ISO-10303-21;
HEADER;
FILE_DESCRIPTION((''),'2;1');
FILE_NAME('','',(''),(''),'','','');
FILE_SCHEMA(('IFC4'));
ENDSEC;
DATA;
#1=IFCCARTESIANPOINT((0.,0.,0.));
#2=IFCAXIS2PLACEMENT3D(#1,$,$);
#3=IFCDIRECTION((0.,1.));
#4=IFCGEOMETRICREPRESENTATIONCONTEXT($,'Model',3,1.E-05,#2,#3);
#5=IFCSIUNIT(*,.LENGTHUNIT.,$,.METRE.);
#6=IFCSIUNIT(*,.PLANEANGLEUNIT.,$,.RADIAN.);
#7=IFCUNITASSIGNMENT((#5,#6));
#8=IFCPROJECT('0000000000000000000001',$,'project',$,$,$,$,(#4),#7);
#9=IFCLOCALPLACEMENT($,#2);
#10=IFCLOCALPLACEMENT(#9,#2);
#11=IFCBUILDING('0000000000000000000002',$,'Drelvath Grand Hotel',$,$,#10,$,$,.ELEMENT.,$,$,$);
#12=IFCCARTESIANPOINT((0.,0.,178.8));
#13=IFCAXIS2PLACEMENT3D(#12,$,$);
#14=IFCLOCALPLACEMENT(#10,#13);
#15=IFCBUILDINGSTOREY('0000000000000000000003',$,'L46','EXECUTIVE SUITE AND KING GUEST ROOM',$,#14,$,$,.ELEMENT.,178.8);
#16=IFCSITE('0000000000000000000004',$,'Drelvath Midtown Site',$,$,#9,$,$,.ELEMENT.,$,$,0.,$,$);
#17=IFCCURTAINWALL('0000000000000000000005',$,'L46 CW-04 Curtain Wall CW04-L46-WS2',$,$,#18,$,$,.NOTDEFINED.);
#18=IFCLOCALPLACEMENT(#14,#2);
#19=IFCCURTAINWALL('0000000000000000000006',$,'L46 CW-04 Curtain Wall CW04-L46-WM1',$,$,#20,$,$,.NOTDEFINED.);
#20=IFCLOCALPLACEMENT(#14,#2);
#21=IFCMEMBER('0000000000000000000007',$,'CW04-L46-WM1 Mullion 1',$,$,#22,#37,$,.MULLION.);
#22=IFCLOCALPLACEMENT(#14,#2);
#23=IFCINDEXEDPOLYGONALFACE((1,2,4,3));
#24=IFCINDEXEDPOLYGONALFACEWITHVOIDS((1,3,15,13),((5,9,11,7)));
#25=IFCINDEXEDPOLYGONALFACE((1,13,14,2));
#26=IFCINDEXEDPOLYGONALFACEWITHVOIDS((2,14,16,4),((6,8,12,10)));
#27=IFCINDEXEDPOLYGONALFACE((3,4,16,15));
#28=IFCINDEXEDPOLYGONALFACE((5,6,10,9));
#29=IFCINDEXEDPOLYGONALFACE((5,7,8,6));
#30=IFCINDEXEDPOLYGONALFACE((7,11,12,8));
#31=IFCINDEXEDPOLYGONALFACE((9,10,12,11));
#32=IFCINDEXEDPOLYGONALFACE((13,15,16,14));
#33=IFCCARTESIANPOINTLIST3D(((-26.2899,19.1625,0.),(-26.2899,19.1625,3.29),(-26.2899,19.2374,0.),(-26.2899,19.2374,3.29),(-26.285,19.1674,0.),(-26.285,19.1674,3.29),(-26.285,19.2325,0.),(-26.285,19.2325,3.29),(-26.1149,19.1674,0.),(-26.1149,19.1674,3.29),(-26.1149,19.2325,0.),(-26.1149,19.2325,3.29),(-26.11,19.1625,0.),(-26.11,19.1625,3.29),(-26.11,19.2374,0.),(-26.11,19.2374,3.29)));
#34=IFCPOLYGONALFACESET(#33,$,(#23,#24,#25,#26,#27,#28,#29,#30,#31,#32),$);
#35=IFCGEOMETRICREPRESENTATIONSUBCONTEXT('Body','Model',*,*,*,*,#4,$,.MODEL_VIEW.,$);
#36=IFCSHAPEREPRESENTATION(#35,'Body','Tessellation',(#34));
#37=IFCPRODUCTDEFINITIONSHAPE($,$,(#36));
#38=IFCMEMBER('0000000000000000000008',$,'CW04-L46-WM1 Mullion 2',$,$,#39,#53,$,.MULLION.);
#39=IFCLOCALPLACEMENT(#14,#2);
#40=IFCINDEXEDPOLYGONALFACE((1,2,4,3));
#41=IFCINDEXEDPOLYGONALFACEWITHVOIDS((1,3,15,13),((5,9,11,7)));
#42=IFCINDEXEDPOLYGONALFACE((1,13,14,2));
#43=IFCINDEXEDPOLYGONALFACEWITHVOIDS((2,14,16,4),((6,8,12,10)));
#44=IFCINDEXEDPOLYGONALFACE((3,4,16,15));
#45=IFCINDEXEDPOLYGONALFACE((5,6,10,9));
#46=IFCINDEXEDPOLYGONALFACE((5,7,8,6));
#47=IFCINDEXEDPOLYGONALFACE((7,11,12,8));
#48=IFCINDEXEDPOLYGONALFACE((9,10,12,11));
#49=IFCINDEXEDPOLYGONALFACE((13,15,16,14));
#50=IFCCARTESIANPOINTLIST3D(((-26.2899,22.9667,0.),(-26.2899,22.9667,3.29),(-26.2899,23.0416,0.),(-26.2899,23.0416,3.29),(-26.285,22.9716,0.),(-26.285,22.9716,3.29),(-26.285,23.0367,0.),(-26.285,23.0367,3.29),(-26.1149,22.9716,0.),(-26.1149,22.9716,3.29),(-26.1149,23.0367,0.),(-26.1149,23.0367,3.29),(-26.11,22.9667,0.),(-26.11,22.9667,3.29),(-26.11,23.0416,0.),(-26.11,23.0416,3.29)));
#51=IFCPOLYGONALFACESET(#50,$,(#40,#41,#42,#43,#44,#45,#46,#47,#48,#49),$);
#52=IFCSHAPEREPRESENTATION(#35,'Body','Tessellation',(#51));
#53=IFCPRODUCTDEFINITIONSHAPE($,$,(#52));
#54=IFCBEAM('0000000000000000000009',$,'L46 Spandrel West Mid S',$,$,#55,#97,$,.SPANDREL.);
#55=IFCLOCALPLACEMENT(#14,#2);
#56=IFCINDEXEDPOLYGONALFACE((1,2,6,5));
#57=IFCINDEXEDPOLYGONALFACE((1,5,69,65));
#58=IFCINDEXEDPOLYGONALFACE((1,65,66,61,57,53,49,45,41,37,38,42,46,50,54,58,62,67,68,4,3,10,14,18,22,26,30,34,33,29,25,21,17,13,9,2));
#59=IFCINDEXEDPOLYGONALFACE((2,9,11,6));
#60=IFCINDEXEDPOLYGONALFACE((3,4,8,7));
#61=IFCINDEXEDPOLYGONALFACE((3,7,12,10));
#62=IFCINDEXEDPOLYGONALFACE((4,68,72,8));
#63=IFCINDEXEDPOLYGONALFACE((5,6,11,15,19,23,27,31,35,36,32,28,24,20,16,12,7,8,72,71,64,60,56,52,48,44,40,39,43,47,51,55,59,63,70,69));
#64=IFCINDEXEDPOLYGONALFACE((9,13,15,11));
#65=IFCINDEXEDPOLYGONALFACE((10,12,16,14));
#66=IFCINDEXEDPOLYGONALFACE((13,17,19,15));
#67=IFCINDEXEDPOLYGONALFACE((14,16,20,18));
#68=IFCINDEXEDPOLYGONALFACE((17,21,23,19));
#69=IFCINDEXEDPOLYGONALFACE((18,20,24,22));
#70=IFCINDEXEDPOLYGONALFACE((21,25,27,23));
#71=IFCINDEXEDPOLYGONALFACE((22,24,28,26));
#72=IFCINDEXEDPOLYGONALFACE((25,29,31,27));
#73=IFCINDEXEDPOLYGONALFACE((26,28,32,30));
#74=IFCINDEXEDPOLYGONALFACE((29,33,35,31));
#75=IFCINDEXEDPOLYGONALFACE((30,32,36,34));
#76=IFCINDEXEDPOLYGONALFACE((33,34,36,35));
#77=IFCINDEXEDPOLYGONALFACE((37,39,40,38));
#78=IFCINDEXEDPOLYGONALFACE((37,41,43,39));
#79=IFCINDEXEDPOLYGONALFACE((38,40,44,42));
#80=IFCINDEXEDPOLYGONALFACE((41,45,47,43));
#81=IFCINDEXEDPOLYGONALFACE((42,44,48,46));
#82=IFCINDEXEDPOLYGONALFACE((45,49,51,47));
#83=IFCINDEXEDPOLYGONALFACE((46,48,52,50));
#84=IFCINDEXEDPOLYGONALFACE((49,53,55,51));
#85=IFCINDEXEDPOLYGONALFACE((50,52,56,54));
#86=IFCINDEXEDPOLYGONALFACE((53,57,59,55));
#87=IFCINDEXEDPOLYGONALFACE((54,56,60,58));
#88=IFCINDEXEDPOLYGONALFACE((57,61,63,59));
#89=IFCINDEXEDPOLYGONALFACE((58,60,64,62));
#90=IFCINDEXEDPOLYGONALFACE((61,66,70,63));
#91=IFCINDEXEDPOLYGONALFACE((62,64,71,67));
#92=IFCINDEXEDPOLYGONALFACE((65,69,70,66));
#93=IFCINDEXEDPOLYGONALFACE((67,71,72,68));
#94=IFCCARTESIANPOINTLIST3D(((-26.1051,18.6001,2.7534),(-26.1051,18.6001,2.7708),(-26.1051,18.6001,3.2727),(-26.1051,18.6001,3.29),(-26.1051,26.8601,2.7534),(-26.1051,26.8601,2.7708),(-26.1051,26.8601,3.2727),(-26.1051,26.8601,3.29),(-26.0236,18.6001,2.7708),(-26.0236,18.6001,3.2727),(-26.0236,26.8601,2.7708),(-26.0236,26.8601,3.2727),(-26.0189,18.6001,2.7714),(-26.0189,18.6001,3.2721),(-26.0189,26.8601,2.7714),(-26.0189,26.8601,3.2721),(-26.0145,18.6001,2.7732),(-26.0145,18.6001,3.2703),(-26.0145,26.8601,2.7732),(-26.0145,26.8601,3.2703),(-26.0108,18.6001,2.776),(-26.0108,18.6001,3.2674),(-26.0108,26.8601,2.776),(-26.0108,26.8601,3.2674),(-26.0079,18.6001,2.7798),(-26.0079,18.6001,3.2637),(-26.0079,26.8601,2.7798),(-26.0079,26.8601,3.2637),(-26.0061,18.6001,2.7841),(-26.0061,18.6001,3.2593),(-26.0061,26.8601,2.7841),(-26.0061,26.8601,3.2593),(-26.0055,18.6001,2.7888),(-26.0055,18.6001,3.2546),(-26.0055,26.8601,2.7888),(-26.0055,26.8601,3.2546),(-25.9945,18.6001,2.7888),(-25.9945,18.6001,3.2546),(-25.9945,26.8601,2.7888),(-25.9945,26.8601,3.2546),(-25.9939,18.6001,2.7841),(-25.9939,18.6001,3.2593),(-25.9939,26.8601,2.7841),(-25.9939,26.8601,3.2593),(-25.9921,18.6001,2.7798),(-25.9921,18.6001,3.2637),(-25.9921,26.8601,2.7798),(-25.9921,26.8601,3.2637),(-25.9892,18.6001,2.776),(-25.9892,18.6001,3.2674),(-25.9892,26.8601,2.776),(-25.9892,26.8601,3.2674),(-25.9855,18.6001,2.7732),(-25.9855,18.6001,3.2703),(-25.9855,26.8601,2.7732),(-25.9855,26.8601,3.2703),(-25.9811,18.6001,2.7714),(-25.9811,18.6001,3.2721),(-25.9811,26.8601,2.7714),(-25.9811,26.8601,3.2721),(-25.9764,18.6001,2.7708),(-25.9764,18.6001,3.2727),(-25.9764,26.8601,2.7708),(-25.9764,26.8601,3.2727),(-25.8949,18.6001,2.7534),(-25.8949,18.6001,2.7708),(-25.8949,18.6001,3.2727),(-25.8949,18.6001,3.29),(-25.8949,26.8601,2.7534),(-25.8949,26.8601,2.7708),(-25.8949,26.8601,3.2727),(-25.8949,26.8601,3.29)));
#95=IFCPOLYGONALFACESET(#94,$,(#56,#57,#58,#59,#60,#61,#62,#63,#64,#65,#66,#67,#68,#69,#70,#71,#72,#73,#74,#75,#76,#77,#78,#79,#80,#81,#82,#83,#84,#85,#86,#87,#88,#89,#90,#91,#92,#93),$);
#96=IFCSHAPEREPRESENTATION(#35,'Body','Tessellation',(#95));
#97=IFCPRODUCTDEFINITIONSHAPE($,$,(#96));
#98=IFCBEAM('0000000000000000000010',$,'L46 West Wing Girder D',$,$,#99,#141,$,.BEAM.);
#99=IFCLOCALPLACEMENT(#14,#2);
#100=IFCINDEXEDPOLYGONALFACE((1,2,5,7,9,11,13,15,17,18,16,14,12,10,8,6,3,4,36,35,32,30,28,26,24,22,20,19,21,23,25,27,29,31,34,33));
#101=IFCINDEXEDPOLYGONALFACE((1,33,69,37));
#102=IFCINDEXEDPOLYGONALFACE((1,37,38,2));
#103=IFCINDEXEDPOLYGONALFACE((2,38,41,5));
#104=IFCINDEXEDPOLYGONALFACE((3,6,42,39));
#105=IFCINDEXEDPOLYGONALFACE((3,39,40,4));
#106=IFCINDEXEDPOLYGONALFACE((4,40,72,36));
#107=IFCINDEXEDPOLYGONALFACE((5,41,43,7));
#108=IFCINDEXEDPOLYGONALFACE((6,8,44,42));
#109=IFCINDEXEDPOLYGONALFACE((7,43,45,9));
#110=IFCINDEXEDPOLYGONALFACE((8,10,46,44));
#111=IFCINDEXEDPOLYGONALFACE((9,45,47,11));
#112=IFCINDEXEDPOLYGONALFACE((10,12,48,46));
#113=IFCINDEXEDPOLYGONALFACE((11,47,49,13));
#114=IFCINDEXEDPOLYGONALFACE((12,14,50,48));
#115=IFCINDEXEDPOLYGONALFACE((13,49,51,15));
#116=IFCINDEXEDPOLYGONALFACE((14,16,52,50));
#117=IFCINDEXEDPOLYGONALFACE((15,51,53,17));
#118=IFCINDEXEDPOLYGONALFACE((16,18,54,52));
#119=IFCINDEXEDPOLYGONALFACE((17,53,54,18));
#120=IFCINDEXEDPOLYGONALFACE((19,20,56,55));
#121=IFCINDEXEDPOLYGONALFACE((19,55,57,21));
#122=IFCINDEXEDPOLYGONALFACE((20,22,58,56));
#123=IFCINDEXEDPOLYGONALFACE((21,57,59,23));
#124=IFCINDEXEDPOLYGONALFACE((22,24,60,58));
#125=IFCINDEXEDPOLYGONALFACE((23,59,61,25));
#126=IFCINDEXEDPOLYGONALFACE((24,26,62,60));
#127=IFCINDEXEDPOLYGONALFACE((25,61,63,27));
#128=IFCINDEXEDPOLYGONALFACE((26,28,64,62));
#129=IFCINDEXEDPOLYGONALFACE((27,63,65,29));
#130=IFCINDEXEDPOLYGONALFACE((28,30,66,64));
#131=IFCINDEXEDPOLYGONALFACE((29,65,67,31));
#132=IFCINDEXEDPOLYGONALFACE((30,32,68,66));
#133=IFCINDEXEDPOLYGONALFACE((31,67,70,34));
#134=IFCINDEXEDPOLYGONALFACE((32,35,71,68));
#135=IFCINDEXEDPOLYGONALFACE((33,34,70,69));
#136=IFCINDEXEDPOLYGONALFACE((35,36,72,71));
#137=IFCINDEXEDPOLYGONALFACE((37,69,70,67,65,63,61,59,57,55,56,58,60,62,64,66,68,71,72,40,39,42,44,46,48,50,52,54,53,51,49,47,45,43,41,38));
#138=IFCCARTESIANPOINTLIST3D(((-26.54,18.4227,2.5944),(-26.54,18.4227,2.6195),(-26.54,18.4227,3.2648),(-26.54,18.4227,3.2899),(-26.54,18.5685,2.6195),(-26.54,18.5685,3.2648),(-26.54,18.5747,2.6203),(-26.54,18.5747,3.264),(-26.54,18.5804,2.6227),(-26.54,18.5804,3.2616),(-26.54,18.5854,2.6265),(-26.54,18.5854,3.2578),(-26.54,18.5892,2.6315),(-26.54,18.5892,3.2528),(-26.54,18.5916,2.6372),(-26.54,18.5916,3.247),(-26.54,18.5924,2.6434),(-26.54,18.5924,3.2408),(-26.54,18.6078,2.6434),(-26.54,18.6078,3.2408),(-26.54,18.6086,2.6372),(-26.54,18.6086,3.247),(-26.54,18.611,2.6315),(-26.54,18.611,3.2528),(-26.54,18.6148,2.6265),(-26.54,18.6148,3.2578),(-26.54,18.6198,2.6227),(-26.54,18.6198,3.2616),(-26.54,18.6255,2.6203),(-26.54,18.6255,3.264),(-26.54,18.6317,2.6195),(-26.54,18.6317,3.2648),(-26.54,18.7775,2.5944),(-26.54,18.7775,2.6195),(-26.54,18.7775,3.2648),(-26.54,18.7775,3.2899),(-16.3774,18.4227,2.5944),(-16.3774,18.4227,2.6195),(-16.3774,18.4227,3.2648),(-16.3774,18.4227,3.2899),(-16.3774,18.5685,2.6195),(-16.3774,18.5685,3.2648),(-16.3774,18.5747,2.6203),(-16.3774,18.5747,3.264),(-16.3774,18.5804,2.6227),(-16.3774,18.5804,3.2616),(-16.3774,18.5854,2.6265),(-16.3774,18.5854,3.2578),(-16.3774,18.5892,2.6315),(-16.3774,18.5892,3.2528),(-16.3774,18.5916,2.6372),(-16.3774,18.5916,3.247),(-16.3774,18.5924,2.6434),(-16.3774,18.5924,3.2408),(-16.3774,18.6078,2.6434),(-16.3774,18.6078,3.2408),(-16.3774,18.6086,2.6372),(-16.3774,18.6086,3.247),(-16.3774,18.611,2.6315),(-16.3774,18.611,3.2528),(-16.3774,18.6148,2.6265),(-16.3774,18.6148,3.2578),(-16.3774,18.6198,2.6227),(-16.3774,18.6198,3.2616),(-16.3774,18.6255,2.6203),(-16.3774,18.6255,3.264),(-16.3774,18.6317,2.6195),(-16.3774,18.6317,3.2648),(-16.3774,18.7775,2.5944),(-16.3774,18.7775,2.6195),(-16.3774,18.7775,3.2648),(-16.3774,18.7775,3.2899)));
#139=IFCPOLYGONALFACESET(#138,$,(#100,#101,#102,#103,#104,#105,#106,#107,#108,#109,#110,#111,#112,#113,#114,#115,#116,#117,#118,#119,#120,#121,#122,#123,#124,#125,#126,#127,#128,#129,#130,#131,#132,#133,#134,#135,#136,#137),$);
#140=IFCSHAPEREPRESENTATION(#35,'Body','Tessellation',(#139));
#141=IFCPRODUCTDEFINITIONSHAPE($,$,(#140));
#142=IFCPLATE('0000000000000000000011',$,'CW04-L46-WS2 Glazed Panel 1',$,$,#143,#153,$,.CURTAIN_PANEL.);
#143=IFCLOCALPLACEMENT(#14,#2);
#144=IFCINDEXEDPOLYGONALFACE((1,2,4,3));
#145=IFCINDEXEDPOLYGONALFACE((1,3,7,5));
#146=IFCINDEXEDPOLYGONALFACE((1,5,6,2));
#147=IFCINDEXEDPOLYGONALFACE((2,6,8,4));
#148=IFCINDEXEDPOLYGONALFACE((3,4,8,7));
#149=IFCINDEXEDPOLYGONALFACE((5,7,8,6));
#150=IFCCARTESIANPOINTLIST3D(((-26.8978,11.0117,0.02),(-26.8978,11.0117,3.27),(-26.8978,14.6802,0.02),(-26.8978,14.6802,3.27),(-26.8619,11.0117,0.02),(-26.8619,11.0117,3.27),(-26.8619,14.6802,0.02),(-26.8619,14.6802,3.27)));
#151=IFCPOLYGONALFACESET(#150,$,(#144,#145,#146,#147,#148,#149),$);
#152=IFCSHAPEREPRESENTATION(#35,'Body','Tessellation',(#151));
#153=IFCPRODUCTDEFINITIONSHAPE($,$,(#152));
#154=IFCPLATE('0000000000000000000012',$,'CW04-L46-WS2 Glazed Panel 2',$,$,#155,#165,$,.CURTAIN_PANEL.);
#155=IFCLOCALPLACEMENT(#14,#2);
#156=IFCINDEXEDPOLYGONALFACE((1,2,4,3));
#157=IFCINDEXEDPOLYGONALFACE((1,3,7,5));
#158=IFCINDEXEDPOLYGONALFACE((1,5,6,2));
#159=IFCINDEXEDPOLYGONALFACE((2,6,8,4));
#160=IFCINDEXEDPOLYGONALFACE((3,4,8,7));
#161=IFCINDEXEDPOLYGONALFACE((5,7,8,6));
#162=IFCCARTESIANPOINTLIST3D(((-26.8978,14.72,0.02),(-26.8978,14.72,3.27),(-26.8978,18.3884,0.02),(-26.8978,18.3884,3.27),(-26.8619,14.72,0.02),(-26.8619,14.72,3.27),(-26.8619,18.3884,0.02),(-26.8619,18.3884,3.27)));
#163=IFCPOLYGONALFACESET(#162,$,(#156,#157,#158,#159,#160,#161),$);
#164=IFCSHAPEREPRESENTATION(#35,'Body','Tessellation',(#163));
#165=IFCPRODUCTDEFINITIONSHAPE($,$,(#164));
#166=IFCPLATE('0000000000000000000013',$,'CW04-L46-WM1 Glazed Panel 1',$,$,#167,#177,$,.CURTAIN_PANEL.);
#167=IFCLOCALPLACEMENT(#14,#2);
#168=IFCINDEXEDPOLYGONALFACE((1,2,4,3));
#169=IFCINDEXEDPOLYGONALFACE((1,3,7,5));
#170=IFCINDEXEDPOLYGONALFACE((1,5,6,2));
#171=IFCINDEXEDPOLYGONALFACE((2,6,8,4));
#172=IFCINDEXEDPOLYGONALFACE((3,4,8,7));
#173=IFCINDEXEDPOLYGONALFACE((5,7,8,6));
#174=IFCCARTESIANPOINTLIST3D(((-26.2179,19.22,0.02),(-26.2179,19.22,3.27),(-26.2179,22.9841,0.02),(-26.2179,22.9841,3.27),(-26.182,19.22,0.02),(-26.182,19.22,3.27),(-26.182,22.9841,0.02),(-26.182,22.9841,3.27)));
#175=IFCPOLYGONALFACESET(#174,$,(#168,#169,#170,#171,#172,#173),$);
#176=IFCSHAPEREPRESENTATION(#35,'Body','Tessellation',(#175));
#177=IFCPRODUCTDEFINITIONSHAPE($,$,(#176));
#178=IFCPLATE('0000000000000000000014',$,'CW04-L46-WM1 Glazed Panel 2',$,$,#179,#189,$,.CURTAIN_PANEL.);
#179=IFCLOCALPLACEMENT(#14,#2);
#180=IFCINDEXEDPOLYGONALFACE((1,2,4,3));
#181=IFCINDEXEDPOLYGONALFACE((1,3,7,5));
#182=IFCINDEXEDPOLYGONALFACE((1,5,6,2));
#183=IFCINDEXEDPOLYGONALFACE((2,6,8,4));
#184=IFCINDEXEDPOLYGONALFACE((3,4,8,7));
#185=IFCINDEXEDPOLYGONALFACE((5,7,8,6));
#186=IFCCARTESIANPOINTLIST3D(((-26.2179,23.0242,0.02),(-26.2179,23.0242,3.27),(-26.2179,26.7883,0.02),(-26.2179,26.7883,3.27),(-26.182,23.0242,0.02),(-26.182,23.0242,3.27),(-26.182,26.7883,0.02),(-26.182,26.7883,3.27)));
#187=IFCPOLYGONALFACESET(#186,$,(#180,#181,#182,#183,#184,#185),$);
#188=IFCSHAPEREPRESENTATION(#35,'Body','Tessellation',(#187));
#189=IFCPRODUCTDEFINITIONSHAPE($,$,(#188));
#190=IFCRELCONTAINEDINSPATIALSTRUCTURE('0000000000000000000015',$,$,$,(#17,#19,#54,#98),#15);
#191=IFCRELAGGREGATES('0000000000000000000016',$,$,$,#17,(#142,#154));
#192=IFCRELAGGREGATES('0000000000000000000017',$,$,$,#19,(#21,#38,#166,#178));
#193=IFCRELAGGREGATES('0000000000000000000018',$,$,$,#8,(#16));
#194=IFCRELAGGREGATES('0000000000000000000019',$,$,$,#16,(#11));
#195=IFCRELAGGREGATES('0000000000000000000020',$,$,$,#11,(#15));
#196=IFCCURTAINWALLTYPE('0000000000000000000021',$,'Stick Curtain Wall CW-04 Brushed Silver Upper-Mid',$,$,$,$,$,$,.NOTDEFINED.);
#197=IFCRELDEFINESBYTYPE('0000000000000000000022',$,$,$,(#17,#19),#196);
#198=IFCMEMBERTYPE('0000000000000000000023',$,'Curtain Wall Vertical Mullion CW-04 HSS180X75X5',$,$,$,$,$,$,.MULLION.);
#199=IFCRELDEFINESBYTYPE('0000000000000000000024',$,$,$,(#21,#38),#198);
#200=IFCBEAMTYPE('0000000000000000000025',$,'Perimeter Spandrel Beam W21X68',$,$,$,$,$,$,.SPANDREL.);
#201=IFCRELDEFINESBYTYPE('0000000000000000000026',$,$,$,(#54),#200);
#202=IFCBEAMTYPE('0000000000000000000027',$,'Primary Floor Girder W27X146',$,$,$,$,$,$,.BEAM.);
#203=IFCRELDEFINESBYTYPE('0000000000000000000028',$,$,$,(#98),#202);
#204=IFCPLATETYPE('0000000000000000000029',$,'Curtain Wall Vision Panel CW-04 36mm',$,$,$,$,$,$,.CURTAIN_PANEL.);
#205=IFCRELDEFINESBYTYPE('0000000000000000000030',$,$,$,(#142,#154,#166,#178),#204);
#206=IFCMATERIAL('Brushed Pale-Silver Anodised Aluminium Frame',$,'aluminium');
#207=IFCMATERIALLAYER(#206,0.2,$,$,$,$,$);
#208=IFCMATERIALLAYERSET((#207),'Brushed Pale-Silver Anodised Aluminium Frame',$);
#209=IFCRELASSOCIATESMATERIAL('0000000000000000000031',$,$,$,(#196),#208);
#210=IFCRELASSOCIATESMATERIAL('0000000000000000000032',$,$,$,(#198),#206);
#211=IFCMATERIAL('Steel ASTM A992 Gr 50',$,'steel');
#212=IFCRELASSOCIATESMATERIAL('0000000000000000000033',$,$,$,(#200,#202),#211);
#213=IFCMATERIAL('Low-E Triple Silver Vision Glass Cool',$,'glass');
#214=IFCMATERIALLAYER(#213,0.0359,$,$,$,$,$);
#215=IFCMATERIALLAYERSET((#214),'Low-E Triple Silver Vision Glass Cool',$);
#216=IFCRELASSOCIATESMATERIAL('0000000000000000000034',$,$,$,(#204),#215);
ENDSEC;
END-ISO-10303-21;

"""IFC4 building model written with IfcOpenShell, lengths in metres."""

from ifc_helpers import new_model, si_unit, direction, frame, origin, origin_2d, place, context, subcontext, project, spatial, rectangle, hollow_rectangle, i_section, extrude, material, layer, layer_set, material_profile, profile_set, type_object, element, aggregate, save


model = new_model("IFC4")

# Units and contexts
model_context = context("Model", 3, precision=1e-05, world=origin(), true_north=direction((0.0, 1.0)))
body_context = subcontext(model_context, "Body", "Model", "MODEL_VIEW")
ifc_project = project(units=[si_unit("LENGTHUNIT", "METRE"), si_unit("PLANEANGLEUNIT", "RADIAN")], contexts=[model_context])

# Site, building, storey
site_placement = place(None, origin())
site = spatial("IfcSite", under=ifc_project, at=site_placement, Name="Drelvath Midtown Site", CompositionType="ELEMENT", RefElevation=0.0)
building_placement = place(site_placement, origin())
building = spatial("IfcBuilding", under=site, at=building_placement, Name="Drelvath Grand Hotel", CompositionType="ELEMENT")
storey_placement = place(building_placement, frame((0.0, 0.0, 178.8)))
storey = spatial("IfcBuildingStorey", under=building, at=storey_placement, Name="L46", Description="EXECUTIVE SUITE AND KING GUEST ROOM", CompositionType="ELEMENT", Elevation=178.8)

# Shared definitions
ifc_material_1 = material(Name="Steel ASTM A992 Gr 50", Category="steel")

# Curtain walls
ifc_material_2 = material(Name="Brushed Pale-Silver Anodised Aluminium Frame", Category="aluminium")
ifc_layer_1 = layer(ifc_material_2, 0.2)
ifc_layer_set_1 = layer_set([ifc_layer_1], Name="Brushed Pale-Silver Anodised Aluminium Frame")
curtain_wall_type = type_object("IfcCurtainWallType", Name="Stick Curtain Wall CW-04 Brushed Silver Upper-Mid", PredefinedType="NOTDEFINED", material=ifc_layer_set_1)
curtain_wall_1_placement = place(storey_placement, origin())
curtain_wall_1 = element("IfcCurtainWall", 1, at=curtain_wall_1_placement, inside=storey, type_object=curtain_wall_type, Name="L46 CW-04 Curtain Wall CW04-L46-WS2", PredefinedType="NOTDEFINED")
curtain_wall_2_placement = place(storey_placement, origin())
curtain_wall_2 = element("IfcCurtainWall", 2, at=curtain_wall_2_placement, inside=storey, type_object=curtain_wall_type, Name="L46 CW-04 Curtain Wall CW04-L46-WM1", PredefinedType="NOTDEFINED")

# Members
ifc_material_profile_1 = material_profile(ifc_material_2, hollow_rectangle(XDim=0.075, YDim=0.1799, WallThickness=0.0049, at=origin_2d()), Name="HSS180X75X5")
ifc_profile_set_1 = profile_set([ifc_material_profile_1], Name="Brushed Pale-Silver Anodised Aluminium Frame")
member_type_1 = type_object("IfcMemberType", Name="Curtain Wall Vertical Mullion CW-04 HSS180X75X5", PredefinedType="MULLION", material=ifc_profile_set_1)
member_1_placement = place(storey_placement, frame((-26.2, 19.2, 0.0), z_axis=(0.0, 0.0, 1.0), x_axis=(0.0, 1.0, 0.0)))
member_1 = element("IfcMember", 3, at=member_1_placement, type_object=member_type_1, Name="CW04-L46-WM1 Mullion 1", PredefinedType="MULLION", context=body_context, shape_type="SweptSolid", body=[
    extrude(hollow_rectangle(XDim=0.075, YDim=0.1799, WallThickness=0.0049, at=origin_2d()), origin(), (0.0, 0.0, 1.0), 3.29),
])
member_2_placement = place(storey_placement, frame((-26.2, 23.0042, 0.0), z_axis=(0.0, 0.0, 1.0), x_axis=(0.0, 1.0, 0.0)))
member_2 = element("IfcMember", 4, at=member_2_placement, type_object=member_type_1, Name="CW04-L46-WM1 Mullion 2", PredefinedType="MULLION", context=body_context, shape_type="SweptSolid", body=[
    extrude(hollow_rectangle(XDim=0.075, YDim=0.1799, WallThickness=0.0049, at=origin_2d()), origin(), (0.0, 0.0, 1.0), 3.29),
])

# Beams
ifc_material_profile_2 = material_profile(ifc_material_1, i_section(OverallWidth=0.2102, OverallDepth=0.5366, WebThickness=0.011, FlangeThickness=0.0173, FilletRadius=0.0181, at=origin_2d()), Name="W21X68")
ifc_profile_set_2 = profile_set([ifc_material_profile_2], Name="Steel ASTM A992 Gr 50")
beam_type_1 = type_object("IfcBeamType", Name="Perimeter Spandrel Beam W21X68", PredefinedType="SPANDREL", material=ifc_profile_set_2)
beam_1_placement = place(storey_placement, frame((-26.0, 18.6001, 3.0217), z_axis=(0.0, 1.0, 0.0), x_axis=(-1.0, 0.0, 0.0)))
element("IfcBeam", 5, at=beam_1_placement, inside=storey, type_object=beam_type_1, Name="L46 Spandrel West Mid S", PredefinedType="SPANDREL", context=body_context, shape_type="SweptSolid", body=[
    extrude(i_section(OverallWidth=0.2102, OverallDepth=0.5366, WebThickness=0.011, FlangeThickness=0.0173, FilletRadius=0.0181, at=origin_2d()), origin(), (0.0, 0.0, 1.0), 8.26),
])
ifc_material_profile_3 = material_profile(ifc_material_1, i_section(OverallWidth=0.3547, OverallDepth=0.6956, WebThickness=0.0154, FlangeThickness=0.0251, FilletRadius=0.0239, at=origin_2d()), Name="W27X146")
ifc_profile_set_3 = profile_set([ifc_material_profile_3], Name="Steel ASTM A992 Gr 50")
beam_type_2 = type_object("IfcBeamType", Name="Primary Floor Girder W27X146", PredefinedType="BEAM", material=ifc_profile_set_3)
beam_2_placement = place(storey_placement, frame((-26.54, 18.6001, 2.9421), z_axis=(1.0, 0.0, 0.0), x_axis=(0.0, 1.0, 0.0)))
element("IfcBeam", 6, at=beam_2_placement, inside=storey, type_object=beam_type_2, Name="L46 West Wing Girder D", PredefinedType="BEAM", context=body_context, shape_type="SweptSolid", body=[
    extrude(i_section(OverallWidth=0.3547, OverallDepth=0.6956, WebThickness=0.0154, FlangeThickness=0.0251, FilletRadius=0.0239, at=origin_2d()), origin(), (0.0, 0.0, 1.0), 10.1626),
])

# Plates
ifc_material_3 = material(Name="Low-E Triple Silver Vision Glass Cool", Category="glass")
ifc_layer_2 = layer(ifc_material_3, 0.0359)
ifc_layer_set_2 = layer_set([ifc_layer_2], Name="Low-E Triple Silver Vision Glass Cool")
plate_type = type_object("IfcPlateType", Name="Curtain Wall Vision Panel CW-04 36mm", PredefinedType="CURTAIN_PANEL", material=ifc_layer_set_2)
plate_1_placement = place(storey_placement, frame((-26.8799, 12.8459, 0.02), z_axis=(0.0, 0.0, 1.0), x_axis=(0.0, 1.0, 0.0)))
plate_1 = element("IfcPlate", 7, at=plate_1_placement, type_object=plate_type, Name="CW04-L46-WS2 Glazed Panel 1", PredefinedType="CURTAIN_PANEL", context=body_context, shape_type="SweptSolid", body=[
    extrude(rectangle(XDim=3.6685, YDim=0.0359, at=origin_2d()), origin(), (0.0, 0.0, 1.0), 3.25),
])
plate_2_placement = place(storey_placement, frame((-26.8799, 16.5542, 0.02), z_axis=(0.0, 0.0, 1.0), x_axis=(0.0, 1.0, 0.0)))
plate_2 = element("IfcPlate", 8, at=plate_2_placement, type_object=plate_type, Name="CW04-L46-WS2 Glazed Panel 2", PredefinedType="CURTAIN_PANEL", context=body_context, shape_type="SweptSolid", body=[
    extrude(rectangle(XDim=3.6685, YDim=0.0359, at=origin_2d()), origin(), (0.0, 0.0, 1.0), 3.25),
])
aggregate(curtain_wall_1, [plate_1, plate_2])
plate_3_placement = place(storey_placement, frame((-26.2, 21.1021, 0.02), z_axis=(0.0, 0.0, 1.0), x_axis=(0.0, 1.0, 0.0)))
plate_3 = element("IfcPlate", 9, at=plate_3_placement, type_object=plate_type, Name="CW04-L46-WM1 Glazed Panel 1", PredefinedType="CURTAIN_PANEL", context=body_context, shape_type="SweptSolid", body=[
    extrude(rectangle(XDim=3.7642, YDim=0.0359, at=origin_2d()), origin(), (0.0, 0.0, 1.0), 3.25),
])
plate_4_placement = place(storey_placement, frame((-26.2, 24.9062, 0.02), z_axis=(0.0, 0.0, 1.0), x_axis=(0.0, 1.0, 0.0)))
plate_4 = element("IfcPlate", 10, at=plate_4_placement, type_object=plate_type, Name="CW04-L46-WM1 Glazed Panel 2", PredefinedType="CURTAIN_PANEL", context=body_context, shape_type="SweptSolid", body=[
    extrude(rectangle(XDim=3.7642, YDim=0.0359, at=origin_2d()), origin(), (0.0, 0.0, 1.0), 3.25),
])
aggregate(curtain_wall_2, [member_1, member_2, plate_3, plate_4])

save(model, "model.ifc")
